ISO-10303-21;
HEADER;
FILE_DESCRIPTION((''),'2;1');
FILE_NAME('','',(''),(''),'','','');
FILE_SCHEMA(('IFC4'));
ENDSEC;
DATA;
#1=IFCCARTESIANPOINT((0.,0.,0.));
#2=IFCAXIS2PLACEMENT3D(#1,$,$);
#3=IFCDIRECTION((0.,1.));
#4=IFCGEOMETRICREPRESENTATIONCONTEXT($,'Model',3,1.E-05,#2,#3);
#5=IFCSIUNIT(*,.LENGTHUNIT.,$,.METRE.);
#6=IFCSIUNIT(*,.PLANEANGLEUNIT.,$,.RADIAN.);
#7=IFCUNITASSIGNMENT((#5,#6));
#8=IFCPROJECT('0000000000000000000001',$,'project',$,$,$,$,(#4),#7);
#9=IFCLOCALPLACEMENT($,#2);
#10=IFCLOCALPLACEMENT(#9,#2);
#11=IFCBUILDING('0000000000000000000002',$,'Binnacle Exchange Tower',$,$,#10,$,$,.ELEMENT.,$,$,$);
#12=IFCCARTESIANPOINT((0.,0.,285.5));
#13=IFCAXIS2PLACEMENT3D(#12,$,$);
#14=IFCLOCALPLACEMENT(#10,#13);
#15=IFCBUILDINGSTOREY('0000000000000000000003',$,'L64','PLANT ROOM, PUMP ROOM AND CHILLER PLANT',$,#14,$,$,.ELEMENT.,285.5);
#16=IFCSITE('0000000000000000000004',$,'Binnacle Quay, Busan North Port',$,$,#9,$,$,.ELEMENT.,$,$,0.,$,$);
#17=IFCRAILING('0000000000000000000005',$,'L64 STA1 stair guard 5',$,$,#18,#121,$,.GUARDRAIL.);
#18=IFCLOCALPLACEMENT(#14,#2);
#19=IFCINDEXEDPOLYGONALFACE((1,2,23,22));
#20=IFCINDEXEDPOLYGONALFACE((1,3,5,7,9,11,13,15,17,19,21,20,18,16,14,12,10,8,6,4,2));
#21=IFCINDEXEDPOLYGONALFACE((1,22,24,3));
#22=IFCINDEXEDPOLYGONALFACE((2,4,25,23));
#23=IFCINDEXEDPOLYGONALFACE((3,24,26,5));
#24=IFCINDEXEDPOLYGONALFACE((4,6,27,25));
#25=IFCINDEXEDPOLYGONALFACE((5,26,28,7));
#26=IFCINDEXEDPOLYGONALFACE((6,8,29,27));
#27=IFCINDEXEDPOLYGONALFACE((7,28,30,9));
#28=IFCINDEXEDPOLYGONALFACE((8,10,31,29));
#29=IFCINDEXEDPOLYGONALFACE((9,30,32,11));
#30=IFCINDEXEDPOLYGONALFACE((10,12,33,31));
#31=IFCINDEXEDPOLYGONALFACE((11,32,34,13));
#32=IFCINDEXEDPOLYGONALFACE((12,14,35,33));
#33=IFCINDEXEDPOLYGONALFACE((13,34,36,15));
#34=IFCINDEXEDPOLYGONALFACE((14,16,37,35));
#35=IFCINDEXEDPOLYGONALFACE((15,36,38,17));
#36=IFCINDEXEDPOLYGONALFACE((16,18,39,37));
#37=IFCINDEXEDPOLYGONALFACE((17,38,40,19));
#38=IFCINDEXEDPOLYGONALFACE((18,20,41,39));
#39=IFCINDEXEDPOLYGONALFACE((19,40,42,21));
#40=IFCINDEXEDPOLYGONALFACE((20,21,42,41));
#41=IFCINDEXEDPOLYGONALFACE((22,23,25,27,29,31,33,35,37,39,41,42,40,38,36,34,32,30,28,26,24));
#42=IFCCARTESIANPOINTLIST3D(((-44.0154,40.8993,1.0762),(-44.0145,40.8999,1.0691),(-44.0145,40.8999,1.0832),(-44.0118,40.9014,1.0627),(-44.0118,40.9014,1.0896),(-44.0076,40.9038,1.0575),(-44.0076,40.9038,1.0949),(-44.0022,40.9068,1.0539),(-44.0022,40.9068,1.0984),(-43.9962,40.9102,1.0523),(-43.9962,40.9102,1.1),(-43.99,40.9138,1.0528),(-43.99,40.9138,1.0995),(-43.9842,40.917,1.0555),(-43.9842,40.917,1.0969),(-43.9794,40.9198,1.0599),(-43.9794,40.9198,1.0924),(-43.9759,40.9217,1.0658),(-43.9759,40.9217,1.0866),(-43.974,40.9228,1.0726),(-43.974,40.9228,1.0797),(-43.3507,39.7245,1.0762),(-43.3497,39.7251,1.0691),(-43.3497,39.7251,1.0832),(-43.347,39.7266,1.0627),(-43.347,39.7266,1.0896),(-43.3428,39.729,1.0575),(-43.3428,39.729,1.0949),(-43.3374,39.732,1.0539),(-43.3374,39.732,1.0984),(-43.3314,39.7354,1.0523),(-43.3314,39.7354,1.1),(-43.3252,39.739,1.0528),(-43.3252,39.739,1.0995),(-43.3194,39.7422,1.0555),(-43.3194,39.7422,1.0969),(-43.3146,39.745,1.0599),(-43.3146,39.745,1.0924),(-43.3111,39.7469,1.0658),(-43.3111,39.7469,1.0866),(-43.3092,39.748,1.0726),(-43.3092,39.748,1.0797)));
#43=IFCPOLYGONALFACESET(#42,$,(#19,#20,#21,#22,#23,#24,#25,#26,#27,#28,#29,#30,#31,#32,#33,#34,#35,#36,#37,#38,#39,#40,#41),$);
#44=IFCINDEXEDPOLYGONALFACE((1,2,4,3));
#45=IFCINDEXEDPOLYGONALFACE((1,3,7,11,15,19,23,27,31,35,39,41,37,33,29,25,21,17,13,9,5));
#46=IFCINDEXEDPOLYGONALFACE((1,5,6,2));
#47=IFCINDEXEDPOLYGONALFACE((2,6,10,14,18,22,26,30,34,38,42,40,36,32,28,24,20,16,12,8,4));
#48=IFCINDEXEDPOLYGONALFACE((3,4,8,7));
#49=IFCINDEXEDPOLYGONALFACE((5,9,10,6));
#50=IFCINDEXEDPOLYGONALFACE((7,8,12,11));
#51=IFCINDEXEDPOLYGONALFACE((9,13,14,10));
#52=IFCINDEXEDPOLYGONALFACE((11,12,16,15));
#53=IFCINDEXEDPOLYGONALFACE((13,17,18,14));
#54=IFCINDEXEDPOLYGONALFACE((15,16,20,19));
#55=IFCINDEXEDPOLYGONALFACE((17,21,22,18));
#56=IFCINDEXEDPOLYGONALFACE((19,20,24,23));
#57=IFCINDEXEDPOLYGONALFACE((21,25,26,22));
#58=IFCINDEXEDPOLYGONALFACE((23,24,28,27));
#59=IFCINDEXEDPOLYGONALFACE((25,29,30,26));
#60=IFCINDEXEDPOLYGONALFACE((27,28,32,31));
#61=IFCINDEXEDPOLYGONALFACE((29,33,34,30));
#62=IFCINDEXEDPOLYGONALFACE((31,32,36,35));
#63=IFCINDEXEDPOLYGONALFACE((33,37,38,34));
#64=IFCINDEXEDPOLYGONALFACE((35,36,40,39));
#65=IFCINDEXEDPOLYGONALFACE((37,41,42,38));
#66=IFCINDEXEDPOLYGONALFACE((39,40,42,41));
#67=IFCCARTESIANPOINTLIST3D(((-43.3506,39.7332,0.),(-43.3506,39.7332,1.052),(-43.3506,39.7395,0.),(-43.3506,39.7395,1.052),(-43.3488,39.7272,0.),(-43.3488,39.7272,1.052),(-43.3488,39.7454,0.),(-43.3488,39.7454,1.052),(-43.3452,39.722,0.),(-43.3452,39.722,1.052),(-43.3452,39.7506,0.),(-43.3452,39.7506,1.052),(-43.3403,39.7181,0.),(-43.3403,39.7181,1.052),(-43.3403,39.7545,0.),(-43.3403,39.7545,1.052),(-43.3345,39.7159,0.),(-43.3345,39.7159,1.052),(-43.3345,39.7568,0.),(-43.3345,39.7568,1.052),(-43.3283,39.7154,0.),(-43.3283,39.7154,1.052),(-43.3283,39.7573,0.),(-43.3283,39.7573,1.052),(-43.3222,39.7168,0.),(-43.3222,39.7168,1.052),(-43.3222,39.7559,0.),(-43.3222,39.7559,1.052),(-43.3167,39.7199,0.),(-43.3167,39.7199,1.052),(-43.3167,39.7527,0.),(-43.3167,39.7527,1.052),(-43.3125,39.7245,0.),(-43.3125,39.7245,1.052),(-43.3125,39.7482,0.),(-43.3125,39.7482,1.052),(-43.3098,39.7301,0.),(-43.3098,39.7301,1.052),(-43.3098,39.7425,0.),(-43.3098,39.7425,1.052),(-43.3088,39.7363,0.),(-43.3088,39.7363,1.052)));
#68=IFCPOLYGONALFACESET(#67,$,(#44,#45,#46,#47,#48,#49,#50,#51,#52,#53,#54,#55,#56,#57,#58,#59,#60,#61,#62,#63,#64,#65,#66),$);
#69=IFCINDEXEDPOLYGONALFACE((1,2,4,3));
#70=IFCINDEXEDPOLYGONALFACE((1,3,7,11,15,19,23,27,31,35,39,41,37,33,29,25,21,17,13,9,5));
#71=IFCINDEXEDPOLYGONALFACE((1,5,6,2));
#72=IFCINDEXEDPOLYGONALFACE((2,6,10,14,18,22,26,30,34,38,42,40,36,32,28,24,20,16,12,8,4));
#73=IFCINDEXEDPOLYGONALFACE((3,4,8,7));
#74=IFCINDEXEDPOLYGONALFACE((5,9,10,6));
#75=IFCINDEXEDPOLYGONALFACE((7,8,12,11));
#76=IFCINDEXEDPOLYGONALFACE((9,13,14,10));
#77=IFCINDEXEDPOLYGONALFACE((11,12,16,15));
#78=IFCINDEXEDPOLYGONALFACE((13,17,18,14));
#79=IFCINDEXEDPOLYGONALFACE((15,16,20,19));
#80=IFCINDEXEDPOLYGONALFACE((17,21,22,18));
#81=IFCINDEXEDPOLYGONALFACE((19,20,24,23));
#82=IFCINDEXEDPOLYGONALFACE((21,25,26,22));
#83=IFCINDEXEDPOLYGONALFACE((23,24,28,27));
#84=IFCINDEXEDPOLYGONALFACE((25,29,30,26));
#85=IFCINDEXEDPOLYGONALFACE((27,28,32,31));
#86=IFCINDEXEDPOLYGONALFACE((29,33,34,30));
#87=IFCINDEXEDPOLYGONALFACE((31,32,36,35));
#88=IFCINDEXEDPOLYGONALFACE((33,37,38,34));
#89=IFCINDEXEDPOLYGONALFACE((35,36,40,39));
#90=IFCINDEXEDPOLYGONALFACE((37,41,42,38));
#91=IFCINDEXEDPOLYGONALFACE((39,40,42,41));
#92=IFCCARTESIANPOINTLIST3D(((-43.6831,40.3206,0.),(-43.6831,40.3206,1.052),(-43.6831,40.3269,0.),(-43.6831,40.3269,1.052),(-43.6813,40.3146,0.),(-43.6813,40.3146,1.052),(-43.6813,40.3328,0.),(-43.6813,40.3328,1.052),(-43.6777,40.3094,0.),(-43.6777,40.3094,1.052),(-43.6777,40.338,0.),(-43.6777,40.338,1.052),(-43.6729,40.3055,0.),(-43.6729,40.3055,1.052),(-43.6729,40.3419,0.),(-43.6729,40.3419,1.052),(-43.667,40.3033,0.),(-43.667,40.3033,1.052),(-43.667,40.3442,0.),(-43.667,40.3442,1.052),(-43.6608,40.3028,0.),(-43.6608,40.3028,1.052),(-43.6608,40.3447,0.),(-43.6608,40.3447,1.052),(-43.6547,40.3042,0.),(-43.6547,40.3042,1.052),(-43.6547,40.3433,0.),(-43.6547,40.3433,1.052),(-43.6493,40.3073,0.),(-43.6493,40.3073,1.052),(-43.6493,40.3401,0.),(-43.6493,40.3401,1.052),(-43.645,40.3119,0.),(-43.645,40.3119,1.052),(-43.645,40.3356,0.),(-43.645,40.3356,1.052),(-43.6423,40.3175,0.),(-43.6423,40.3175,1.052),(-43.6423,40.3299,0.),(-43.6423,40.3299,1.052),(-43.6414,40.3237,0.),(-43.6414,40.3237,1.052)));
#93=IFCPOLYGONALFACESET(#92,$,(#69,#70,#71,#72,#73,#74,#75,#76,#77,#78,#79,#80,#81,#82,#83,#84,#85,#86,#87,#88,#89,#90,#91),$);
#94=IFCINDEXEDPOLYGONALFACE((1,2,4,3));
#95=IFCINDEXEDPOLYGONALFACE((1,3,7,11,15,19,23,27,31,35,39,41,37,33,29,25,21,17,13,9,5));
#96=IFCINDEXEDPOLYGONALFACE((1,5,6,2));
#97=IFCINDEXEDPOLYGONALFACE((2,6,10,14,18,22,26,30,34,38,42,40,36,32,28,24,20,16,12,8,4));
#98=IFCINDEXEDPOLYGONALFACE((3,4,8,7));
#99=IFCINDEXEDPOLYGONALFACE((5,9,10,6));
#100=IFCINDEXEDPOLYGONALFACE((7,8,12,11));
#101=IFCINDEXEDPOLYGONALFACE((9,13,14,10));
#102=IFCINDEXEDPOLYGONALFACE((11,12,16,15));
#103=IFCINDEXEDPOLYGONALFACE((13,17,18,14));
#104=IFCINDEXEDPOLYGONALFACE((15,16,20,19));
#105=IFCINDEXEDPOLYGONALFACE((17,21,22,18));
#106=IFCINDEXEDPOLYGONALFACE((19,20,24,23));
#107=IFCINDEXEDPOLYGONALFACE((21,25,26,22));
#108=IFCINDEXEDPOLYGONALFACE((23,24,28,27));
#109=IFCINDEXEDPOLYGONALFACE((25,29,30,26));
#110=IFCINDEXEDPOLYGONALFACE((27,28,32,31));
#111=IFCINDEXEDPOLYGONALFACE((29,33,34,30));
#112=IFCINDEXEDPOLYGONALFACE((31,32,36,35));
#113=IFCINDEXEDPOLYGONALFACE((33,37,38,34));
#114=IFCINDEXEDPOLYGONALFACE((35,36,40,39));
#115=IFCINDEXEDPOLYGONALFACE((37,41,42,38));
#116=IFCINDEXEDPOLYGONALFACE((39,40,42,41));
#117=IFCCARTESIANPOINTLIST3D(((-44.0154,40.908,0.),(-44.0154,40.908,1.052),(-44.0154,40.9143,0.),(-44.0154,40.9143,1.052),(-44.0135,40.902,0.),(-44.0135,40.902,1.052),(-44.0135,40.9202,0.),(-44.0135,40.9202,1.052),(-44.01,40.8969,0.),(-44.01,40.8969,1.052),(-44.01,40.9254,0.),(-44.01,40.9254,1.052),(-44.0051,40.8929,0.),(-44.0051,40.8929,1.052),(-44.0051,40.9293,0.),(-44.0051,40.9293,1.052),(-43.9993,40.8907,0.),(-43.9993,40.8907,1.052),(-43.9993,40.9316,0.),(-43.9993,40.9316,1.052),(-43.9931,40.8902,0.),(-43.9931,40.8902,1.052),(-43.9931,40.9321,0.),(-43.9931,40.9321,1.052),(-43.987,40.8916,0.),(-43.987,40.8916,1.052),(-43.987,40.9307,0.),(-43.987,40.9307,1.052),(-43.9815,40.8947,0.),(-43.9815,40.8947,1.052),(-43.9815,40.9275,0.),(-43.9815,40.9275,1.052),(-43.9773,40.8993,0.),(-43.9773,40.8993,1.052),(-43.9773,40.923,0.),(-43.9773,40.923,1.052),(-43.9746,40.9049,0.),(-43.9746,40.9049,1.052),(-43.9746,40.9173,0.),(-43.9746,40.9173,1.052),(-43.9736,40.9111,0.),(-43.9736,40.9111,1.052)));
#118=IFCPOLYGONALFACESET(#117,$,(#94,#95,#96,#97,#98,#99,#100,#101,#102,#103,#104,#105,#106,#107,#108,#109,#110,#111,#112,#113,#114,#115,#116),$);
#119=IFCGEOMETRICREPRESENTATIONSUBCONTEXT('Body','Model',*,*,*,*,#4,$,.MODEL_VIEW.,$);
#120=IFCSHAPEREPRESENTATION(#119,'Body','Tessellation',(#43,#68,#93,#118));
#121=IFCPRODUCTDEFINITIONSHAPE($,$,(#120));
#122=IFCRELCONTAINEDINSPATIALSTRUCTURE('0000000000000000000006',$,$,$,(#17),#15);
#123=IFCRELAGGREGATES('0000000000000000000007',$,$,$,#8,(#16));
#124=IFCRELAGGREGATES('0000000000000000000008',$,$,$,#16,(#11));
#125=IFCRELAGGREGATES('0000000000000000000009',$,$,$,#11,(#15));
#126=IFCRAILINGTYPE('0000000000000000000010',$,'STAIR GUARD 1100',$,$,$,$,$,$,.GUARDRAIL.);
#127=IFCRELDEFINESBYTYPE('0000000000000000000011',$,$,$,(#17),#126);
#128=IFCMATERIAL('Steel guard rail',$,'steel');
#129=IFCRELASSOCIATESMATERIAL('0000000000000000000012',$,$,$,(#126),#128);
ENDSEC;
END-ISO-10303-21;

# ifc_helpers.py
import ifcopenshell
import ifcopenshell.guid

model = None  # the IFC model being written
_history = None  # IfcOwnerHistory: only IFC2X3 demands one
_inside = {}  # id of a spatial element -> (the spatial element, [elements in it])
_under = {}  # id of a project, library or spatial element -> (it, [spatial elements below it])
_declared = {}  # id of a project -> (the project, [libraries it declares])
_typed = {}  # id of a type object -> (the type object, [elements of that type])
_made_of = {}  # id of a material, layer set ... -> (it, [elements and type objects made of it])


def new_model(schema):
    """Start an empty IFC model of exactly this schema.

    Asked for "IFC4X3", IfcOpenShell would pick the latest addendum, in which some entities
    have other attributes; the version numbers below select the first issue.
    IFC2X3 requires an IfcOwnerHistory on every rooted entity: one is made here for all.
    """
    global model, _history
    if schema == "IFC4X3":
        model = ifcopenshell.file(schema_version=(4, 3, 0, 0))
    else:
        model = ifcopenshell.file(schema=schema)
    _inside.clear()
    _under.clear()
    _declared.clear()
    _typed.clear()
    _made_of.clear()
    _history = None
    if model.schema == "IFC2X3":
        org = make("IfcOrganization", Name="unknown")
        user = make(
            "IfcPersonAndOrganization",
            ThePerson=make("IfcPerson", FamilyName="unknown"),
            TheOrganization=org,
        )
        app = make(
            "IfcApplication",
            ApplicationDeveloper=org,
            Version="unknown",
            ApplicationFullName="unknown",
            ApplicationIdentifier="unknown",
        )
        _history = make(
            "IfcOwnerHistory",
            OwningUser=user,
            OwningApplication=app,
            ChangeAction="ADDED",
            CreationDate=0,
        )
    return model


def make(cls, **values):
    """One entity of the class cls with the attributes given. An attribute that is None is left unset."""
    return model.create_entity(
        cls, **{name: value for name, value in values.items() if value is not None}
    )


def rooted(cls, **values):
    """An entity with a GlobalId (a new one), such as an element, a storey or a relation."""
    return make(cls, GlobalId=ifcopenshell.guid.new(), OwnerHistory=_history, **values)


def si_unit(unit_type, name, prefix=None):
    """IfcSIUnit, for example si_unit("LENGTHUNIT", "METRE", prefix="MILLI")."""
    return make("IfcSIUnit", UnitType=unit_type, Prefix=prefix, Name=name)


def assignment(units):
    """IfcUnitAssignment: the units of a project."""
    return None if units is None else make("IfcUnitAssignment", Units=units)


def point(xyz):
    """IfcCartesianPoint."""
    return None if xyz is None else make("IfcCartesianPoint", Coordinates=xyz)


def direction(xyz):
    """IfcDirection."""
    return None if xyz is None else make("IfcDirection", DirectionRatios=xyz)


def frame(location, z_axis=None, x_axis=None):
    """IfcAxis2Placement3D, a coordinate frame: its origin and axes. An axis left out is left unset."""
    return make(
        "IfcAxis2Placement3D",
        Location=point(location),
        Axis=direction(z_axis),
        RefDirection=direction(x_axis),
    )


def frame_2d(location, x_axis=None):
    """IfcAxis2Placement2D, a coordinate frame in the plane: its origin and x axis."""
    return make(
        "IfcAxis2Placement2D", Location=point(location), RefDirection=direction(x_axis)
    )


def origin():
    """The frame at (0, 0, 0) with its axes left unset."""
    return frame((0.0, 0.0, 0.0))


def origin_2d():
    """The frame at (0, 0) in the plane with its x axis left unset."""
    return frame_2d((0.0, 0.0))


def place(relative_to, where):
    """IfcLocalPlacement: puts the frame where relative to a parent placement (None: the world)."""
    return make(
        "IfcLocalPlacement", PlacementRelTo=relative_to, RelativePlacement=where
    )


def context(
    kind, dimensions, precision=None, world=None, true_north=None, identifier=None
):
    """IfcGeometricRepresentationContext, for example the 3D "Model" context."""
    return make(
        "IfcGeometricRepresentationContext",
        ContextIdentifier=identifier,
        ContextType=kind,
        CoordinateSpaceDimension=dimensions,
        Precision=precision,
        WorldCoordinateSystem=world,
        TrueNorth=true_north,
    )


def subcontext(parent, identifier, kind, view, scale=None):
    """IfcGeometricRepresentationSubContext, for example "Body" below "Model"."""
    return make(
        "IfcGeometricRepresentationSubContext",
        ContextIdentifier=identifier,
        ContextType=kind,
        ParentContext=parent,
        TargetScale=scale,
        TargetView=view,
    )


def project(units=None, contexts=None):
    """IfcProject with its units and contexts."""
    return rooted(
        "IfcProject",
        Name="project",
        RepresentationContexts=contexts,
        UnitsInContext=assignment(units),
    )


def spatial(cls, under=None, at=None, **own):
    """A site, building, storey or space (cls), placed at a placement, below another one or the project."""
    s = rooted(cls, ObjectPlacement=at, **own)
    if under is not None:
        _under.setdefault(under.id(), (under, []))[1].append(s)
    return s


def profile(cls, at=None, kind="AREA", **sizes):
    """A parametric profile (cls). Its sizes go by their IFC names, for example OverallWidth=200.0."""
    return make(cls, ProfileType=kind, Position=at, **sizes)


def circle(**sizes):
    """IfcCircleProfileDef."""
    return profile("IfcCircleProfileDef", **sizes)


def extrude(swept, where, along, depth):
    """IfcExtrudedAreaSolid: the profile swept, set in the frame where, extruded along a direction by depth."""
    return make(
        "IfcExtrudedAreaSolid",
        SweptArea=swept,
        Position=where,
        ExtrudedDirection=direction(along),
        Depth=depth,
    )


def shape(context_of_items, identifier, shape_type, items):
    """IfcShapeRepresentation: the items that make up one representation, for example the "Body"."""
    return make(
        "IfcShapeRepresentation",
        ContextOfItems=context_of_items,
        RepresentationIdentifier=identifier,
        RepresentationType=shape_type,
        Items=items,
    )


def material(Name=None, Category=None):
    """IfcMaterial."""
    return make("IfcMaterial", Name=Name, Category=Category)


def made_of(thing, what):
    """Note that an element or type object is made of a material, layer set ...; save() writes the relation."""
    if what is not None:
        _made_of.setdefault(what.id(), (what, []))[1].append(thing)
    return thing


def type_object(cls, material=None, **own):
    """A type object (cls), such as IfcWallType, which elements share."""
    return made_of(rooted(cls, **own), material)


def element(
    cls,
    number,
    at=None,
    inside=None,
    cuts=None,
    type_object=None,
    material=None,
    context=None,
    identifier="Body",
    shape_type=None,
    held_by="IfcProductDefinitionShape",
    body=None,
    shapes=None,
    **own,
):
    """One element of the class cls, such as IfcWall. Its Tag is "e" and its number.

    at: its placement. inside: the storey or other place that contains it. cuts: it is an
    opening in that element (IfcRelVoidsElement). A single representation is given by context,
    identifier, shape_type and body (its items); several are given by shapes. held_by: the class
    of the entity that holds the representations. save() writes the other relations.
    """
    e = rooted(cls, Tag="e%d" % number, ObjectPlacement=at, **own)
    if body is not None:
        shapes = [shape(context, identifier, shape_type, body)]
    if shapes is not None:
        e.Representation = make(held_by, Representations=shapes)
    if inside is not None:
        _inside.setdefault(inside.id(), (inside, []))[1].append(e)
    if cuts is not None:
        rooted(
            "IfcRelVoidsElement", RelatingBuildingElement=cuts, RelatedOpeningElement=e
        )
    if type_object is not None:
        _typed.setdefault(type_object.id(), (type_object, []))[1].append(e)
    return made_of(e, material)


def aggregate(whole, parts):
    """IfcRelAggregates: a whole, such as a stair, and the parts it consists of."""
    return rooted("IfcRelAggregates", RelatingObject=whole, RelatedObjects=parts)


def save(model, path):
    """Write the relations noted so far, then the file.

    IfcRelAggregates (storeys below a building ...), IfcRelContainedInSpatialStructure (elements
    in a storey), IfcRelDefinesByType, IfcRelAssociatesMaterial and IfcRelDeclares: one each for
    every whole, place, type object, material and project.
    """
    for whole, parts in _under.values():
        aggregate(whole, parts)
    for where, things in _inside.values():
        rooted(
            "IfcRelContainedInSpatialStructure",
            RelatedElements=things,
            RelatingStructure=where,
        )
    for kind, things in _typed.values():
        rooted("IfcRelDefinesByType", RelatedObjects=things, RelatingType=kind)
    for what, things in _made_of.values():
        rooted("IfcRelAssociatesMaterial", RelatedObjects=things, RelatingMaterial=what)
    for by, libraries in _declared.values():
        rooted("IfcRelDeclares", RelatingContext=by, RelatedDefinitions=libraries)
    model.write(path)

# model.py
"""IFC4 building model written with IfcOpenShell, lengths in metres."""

from ifc_helpers import new_model, si_unit, direction, frame, origin, origin_2d, place, context, subcontext, project, spatial, circle, extrude, material, type_object, element, save


model = new_model("IFC4")

# Units and contexts
model_context = context("Model", 3, precision=1e-05, world=origin(), true_north=direction((0.0, 1.0)))
body_context = subcontext(model_context, "Body", "Model", "MODEL_VIEW")
ifc_project = project(units=[si_unit("LENGTHUNIT", "METRE"), si_unit("PLANEANGLEUNIT", "RADIAN")], contexts=[model_context])

# Site, building, storey
site_placement = place(None, origin())
site = spatial("IfcSite", under=ifc_project, at=site_placement, Name="Binnacle Quay, Busan North Port", CompositionType="ELEMENT", RefElevation=0.0)
building_placement = place(site_placement, origin())
building = spatial("IfcBuilding", under=site, at=building_placement, Name="Binnacle Exchange Tower", CompositionType="ELEMENT")
storey_placement = place(building_placement, frame((0.0, 0.0, 285.5)))
storey = spatial("IfcBuildingStorey", under=building, at=storey_placement, Name="L64", Description="PLANT ROOM, PUMP ROOM AND CHILLER PLANT", CompositionType="ELEMENT", Elevation=285.5)

# Railing
ifc_material_1 = material(Name="Steel guard rail", Category="steel")
railing_type_1 = type_object("IfcRailingType", Name="STAIR GUARD 1100", PredefinedType="GUARDRAIL", material=ifc_material_1)
railing_1_placement = place(storey_placement, frame((-43.3298, 39.7363, 0.0)))
element("IfcRailing", 1, at=railing_1_placement, inside=storey, type_object=railing_type_1, Name="L64 STA1 stair guard 5", PredefinedType="GUARDRAIL", context=body_context, shape_type="SweptSolid", body=[
    extrude(circle(Radius=0.0239, at=origin_2d()), frame((0.0, 0.0, 1.0762), z_axis=(-0.492492, 0.870317, 0.0), x_axis=(-0.870317, -0.492492, 0.0)), (0.0, 0.0, 1.0), 1.3499),
    extrude(circle(Radius=0.021, at=origin_2d()), origin(), (0.0, 0.0, 1.0), 1.052),
    extrude(circle(Radius=0.021, at=origin_2d()), frame((-0.3325, 0.5874, 0.0)), (0.0, 0.0, 1.0), 1.052),
    extrude(circle(Radius=0.021, at=origin_2d()), frame((-0.6648, 1.1748, 0.0)), (0.0, 0.0, 1.0), 1.052),
])

save(model, "model.ifc")
